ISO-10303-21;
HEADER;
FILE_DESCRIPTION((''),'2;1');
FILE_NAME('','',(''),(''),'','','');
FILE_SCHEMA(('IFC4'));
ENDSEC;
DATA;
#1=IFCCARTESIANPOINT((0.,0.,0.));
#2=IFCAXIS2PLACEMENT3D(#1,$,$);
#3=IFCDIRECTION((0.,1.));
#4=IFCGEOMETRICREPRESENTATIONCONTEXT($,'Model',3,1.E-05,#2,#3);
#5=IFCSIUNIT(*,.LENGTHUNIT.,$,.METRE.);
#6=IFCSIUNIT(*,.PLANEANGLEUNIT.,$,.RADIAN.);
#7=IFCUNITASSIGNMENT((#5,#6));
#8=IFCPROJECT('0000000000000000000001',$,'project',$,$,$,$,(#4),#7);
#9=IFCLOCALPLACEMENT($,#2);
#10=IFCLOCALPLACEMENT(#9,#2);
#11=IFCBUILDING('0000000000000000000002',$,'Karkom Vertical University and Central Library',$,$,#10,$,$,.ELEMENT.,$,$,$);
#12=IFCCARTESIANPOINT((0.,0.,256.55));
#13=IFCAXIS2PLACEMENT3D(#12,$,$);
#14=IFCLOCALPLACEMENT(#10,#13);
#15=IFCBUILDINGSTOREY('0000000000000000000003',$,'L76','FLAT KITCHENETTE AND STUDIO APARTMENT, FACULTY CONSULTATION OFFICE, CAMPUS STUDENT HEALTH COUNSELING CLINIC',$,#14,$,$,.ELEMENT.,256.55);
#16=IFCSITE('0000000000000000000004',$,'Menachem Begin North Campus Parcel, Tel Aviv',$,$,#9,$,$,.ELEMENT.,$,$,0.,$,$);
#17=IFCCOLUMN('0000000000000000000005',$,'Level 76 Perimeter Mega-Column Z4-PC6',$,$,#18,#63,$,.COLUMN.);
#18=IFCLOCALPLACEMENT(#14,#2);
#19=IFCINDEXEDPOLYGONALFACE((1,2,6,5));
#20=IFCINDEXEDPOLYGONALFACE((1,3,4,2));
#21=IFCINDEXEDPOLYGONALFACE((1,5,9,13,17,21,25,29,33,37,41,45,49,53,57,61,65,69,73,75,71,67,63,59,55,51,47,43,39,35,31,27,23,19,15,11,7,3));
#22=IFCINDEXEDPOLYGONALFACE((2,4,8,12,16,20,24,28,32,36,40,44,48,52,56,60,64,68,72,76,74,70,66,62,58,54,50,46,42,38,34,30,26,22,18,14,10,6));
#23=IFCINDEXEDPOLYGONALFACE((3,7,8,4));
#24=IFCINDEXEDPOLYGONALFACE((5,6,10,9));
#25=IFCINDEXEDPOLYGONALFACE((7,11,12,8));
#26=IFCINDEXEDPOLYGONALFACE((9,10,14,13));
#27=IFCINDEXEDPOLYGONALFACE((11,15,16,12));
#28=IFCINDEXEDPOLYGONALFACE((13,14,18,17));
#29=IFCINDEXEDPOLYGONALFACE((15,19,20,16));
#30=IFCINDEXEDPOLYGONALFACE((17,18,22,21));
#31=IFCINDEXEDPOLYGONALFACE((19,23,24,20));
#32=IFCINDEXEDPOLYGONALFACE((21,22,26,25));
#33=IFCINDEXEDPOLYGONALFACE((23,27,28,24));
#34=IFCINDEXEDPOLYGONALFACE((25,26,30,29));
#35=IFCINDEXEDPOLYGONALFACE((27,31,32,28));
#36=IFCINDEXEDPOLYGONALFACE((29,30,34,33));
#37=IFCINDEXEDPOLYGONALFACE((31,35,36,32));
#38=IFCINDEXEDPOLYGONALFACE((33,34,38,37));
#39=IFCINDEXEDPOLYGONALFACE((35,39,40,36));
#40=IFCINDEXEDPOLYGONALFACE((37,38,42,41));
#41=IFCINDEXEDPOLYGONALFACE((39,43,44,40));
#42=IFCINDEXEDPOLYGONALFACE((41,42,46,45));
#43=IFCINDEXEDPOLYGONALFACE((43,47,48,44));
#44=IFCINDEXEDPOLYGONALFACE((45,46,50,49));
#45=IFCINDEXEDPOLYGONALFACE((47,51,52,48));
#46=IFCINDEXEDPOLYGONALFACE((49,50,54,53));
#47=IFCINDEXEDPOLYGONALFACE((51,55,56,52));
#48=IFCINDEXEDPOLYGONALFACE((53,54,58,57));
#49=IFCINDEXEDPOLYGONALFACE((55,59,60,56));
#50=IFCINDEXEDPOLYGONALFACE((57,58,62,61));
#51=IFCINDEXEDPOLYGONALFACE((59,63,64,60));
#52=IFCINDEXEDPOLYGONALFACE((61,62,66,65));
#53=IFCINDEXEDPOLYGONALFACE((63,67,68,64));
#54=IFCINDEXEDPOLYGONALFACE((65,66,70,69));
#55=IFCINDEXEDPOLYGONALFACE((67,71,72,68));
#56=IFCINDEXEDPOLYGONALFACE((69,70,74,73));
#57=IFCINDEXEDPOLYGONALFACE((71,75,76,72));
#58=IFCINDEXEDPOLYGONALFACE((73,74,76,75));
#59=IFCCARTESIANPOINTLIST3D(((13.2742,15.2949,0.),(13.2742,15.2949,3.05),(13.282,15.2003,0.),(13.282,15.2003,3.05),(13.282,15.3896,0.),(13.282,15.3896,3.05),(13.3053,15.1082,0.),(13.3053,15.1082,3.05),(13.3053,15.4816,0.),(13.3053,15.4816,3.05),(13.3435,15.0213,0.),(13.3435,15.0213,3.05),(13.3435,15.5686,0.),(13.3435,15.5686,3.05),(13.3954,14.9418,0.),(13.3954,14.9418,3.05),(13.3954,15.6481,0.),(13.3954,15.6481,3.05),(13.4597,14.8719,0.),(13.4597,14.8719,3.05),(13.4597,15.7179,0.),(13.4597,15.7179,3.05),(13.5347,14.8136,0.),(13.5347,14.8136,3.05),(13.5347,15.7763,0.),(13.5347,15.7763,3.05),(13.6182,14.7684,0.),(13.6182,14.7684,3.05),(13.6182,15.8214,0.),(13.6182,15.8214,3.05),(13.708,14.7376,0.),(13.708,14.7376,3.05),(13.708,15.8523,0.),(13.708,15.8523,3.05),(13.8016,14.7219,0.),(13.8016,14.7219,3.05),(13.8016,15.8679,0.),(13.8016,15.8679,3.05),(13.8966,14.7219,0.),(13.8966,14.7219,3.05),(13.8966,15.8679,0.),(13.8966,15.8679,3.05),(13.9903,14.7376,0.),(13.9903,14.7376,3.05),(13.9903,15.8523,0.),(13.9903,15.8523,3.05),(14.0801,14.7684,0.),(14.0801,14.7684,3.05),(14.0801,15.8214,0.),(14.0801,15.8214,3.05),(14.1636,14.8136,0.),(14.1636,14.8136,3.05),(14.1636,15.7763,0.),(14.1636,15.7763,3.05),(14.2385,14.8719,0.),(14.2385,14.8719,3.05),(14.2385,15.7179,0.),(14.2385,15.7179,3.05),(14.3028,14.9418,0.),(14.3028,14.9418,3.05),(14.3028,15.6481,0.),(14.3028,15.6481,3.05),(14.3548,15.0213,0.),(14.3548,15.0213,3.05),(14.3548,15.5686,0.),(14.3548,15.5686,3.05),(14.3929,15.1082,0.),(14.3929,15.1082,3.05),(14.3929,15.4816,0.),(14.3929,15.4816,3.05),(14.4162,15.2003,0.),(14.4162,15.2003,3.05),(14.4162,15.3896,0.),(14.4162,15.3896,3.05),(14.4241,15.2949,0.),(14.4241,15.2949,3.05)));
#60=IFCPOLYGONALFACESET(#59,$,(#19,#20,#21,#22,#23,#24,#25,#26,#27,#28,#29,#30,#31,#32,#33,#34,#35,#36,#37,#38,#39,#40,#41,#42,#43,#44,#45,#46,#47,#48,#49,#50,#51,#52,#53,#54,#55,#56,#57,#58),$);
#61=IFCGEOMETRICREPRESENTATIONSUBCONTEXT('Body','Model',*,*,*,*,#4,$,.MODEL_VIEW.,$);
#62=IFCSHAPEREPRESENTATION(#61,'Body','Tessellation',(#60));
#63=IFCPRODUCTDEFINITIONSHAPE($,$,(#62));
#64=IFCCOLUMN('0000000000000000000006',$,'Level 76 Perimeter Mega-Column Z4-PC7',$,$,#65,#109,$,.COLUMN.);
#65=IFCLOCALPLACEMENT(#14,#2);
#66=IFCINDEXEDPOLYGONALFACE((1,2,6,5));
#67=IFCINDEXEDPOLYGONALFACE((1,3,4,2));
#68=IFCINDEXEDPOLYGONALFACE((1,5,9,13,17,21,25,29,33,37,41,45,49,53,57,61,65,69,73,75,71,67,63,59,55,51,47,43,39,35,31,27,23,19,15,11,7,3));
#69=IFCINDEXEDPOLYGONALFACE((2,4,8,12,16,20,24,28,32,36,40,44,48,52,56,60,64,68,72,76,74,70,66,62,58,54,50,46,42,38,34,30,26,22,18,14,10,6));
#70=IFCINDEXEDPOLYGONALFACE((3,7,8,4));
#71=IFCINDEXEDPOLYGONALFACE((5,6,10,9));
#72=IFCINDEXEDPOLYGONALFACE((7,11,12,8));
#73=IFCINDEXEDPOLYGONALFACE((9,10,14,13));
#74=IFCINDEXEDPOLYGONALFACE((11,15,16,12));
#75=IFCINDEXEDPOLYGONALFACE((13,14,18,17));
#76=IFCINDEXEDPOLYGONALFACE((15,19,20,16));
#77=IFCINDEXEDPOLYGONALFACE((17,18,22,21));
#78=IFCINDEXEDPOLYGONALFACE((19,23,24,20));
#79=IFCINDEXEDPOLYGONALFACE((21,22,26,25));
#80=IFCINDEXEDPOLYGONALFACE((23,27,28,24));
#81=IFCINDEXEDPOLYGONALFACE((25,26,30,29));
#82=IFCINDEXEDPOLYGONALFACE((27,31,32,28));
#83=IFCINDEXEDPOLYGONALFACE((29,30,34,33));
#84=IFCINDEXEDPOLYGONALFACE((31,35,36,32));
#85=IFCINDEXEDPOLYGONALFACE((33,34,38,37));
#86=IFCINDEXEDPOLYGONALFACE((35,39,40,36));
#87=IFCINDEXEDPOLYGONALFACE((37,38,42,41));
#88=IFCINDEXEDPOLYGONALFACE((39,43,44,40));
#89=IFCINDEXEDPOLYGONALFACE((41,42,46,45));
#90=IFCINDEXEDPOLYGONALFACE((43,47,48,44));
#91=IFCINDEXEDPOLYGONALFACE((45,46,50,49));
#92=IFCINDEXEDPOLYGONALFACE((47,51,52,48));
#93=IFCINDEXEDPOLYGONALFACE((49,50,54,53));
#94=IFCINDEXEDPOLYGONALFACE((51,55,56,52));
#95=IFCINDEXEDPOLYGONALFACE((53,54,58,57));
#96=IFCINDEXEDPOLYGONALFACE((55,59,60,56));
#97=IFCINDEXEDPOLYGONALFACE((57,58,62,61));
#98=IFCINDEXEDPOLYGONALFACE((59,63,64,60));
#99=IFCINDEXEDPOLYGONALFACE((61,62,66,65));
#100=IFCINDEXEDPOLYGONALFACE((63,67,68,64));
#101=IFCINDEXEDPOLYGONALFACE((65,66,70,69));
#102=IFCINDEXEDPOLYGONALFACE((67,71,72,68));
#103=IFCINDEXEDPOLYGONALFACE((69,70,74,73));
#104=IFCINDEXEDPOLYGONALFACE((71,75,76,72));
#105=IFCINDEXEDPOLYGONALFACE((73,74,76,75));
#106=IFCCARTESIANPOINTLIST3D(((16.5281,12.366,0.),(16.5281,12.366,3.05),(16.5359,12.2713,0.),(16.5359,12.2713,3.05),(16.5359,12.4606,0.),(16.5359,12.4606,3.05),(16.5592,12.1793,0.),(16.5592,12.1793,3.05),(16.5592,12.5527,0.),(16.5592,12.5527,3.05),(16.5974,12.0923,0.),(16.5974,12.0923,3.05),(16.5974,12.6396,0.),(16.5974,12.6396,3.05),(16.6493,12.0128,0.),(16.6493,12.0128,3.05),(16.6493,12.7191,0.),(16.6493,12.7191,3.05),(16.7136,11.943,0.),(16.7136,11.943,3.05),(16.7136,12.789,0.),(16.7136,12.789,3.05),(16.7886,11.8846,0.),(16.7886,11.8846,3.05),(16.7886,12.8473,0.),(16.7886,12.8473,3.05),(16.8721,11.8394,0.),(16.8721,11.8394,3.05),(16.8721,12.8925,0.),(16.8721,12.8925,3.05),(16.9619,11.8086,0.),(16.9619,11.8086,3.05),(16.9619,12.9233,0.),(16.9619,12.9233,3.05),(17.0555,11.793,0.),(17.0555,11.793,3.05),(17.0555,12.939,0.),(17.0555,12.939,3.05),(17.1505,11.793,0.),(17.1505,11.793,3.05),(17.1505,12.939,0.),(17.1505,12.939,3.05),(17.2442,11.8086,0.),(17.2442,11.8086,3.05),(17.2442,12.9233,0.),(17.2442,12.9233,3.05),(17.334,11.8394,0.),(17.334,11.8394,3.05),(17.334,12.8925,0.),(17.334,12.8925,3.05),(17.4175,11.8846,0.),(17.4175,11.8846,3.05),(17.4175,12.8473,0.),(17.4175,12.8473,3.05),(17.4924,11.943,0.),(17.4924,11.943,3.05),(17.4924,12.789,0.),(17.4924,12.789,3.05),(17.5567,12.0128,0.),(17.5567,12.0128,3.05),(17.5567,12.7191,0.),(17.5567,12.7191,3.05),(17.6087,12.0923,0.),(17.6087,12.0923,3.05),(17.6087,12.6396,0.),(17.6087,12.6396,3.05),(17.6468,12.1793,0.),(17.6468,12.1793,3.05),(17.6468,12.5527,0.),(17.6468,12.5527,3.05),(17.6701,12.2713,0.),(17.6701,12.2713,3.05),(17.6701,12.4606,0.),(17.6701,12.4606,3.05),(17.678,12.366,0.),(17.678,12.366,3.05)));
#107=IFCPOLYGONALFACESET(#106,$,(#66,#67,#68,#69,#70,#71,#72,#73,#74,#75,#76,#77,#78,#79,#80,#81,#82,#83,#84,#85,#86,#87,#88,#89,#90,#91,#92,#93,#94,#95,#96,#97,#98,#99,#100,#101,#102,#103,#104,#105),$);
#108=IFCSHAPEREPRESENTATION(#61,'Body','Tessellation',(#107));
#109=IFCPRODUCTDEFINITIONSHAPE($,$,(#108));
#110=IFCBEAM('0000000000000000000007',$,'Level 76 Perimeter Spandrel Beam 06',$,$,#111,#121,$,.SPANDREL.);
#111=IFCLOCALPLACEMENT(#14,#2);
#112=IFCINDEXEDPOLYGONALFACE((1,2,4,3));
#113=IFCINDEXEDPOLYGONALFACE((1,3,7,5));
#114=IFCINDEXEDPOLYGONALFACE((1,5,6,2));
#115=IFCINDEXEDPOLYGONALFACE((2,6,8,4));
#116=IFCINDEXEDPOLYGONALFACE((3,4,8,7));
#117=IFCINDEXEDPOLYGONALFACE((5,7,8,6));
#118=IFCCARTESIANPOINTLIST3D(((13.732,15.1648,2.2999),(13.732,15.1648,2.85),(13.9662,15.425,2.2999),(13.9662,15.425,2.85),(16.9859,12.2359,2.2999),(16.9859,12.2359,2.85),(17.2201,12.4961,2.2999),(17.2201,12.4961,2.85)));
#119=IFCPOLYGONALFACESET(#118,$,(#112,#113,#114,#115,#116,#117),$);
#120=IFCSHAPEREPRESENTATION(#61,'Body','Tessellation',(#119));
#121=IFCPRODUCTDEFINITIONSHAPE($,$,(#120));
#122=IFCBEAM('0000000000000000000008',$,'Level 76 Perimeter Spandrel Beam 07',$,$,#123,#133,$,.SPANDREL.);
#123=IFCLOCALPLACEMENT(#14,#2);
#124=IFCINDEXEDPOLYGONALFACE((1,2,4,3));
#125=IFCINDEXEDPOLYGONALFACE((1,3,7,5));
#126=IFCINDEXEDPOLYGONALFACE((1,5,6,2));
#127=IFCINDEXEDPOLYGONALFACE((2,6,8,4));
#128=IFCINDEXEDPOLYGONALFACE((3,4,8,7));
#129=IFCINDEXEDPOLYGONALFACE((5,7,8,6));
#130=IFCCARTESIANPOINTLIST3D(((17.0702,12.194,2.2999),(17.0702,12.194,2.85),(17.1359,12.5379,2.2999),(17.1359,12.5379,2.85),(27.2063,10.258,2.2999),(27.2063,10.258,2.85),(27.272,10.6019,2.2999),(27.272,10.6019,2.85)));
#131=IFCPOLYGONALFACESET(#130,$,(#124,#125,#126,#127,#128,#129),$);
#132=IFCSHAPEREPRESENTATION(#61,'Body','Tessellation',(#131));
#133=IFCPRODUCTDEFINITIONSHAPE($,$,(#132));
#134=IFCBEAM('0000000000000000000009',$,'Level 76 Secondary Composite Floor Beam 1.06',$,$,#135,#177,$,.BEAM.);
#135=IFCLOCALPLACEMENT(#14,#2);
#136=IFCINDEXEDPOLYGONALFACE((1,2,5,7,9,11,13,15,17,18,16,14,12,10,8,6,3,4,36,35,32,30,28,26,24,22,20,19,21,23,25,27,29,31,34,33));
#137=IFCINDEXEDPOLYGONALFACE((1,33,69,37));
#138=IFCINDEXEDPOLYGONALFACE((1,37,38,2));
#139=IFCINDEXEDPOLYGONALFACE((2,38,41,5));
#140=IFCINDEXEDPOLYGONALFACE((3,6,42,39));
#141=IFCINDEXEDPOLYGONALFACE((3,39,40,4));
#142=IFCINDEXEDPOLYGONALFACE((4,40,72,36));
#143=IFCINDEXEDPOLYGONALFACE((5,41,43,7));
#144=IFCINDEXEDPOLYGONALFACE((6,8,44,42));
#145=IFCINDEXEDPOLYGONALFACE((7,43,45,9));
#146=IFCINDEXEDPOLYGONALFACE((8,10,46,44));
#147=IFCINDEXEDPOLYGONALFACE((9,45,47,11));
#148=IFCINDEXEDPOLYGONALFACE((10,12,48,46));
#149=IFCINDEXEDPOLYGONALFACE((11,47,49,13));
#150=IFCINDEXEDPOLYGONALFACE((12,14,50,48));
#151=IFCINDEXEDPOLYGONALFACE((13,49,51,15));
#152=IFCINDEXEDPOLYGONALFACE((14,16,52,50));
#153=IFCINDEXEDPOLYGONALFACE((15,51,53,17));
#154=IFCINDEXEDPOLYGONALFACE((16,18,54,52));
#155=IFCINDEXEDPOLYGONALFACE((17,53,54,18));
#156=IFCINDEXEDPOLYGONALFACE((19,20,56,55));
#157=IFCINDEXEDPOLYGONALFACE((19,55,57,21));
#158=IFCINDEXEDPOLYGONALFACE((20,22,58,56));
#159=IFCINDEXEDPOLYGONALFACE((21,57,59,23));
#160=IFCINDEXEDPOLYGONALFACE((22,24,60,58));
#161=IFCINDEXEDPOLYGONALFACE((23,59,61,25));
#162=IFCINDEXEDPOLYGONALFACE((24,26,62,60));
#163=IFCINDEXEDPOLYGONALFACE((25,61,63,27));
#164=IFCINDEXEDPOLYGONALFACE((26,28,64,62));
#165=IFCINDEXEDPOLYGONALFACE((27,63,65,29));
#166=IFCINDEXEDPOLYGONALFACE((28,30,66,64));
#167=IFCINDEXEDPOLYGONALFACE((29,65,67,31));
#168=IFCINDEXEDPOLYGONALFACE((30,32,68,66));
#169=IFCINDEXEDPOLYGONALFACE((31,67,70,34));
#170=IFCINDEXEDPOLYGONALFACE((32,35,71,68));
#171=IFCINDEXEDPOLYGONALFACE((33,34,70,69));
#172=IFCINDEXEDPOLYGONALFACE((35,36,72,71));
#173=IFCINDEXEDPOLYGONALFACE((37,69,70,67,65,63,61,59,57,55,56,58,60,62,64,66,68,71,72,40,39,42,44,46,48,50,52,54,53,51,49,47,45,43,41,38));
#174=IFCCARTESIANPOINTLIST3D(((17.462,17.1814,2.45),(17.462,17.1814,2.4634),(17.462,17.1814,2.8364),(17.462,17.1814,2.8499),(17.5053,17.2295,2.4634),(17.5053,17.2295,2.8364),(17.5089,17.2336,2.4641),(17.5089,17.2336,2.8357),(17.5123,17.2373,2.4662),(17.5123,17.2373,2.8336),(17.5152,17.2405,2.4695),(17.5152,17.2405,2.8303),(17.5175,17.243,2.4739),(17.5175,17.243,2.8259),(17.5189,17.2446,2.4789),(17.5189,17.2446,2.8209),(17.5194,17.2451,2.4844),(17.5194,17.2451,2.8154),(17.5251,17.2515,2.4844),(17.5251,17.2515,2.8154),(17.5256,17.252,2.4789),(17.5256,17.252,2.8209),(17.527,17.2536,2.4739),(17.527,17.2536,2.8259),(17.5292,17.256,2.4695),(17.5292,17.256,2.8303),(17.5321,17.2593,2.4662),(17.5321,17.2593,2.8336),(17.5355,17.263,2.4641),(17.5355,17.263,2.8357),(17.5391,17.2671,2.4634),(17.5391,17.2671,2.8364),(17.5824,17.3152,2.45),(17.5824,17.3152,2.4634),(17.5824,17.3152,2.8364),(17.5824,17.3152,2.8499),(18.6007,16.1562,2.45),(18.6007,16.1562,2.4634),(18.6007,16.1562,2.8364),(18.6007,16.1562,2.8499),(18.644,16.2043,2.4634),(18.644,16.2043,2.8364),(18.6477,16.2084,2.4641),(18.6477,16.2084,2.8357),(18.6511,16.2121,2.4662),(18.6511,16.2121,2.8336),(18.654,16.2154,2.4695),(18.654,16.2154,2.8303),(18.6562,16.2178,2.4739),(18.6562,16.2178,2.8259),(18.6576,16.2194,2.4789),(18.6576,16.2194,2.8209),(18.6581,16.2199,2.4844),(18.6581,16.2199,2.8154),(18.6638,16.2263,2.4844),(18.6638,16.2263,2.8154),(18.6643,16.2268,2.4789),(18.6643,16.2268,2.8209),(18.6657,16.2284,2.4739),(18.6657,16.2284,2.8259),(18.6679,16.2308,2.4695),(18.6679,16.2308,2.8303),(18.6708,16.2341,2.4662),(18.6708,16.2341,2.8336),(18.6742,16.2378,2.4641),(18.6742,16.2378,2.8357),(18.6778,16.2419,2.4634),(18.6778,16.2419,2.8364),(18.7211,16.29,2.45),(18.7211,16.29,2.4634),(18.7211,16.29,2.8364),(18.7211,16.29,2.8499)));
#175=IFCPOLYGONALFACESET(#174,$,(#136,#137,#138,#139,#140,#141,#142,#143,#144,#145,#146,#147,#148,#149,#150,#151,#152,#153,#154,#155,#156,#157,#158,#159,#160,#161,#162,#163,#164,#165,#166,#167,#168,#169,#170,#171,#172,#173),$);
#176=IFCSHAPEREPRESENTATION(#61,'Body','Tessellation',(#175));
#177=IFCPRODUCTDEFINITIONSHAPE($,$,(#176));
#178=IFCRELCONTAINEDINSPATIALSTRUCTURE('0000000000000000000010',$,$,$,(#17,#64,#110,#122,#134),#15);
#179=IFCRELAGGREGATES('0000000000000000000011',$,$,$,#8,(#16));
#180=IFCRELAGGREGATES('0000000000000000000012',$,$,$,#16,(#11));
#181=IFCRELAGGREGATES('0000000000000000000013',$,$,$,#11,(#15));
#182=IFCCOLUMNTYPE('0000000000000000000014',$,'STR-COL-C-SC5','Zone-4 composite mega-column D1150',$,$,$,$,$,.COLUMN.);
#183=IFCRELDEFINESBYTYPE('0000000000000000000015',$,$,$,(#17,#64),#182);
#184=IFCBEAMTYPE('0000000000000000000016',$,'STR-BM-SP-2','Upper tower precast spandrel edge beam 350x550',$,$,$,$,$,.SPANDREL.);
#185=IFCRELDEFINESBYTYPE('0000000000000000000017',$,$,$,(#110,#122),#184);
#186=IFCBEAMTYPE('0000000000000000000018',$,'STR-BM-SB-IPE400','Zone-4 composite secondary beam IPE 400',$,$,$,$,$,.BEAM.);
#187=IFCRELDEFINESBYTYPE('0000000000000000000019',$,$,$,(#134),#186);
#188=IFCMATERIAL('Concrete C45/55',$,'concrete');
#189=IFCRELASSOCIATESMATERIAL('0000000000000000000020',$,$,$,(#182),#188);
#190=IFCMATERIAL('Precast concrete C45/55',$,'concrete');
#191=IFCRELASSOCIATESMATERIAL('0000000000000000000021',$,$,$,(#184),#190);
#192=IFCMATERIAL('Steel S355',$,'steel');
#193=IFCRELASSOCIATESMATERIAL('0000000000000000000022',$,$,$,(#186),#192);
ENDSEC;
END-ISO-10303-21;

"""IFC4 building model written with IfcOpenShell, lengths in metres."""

from ifc_helpers import new_model, si_unit, direction, frame, origin, origin_with_axes, origin_2d, place, context, subcontext, project, spatial, rectangle, circle, i_section, extrude, source, transform, mapped, material, material_profile, profile_set, type_object, element, save


model = new_model("IFC4")

# Units and contexts
model_context = context("Model", 3, precision=1e-05, world=origin(), true_north=direction((0.0, 1.0)))
body_context = subcontext(model_context, "Body", "Model", "MODEL_VIEW")
ifc_project = project(units=[si_unit("LENGTHUNIT", "METRE"), si_unit("PLANEANGLEUNIT", "RADIAN")], contexts=[model_context])

# Site, building, storey
site_placement = place(None, origin())
site = spatial("IfcSite", under=ifc_project, at=site_placement, Name="Menachem Begin North Campus Parcel, Tel Aviv", CompositionType="ELEMENT", RefElevation=0.0)
building_placement = place(site_placement, origin())
building = spatial("IfcBuilding", under=site, at=building_placement, Name="Karkom Vertical University and Central Library", CompositionType="ELEMENT")
storey_placement = place(building_placement, frame((0.0, 0.0, 256.55)))
storey = spatial("IfcBuildingStorey", under=building, at=storey_placement, Name="L76", Description="FLAT KITCHENETTE AND STUDIO APARTMENT, FACULTY CONSULTATION OFFICE, CAMPUS STUDENT HEALTH COUNSELING CLINIC", CompositionType="ELEMENT", Elevation=256.55)

# Columns
ifc_material_1 = material(Name="Concrete C45/55", Category="concrete")
ifc_material_profile_1 = material_profile(ifc_material_1, circle(Radius=0.575, at=origin_2d()), Name="CFT-D1150")
ifc_profile_set_1 = profile_set([ifc_material_profile_1], Name="Concrete C45/55")
column_type = type_object("IfcColumnType", Name="STR-COL-C-SC5", Description="Zone-4 composite mega-column D1150", PredefinedType="COLUMN", material=ifc_profile_set_1)
shared_shape_1 = source(origin_with_axes(), body_context, "Body", "SweptSolid", [
    extrude(circle(Radius=0.575, at=origin_2d()), origin(), (0.0, 0.0, 1.0), 3.05),
])
for number, where, z_axis, x_axis, name in (
    (1, (13.8491, 15.2949, 0.0), (0.0, 0.0, 1.0), (1.0, 0.0, 0.0), "Level 76 Perimeter Mega-Column Z4-PC6"),
    (2, (17.103, 12.366, 0.0), (0.0, 0.0, 1.0), (1.0, 0.0, 0.0), "Level 76 Perimeter Mega-Column Z4-PC7"),
):
    element("IfcColumn", number, at=place(storey_placement, frame(where, z_axis=z_axis, x_axis=x_axis)), inside=storey, type_object=column_type, Name=name, PredefinedType="COLUMN", context=body_context, shape_type="MappedRepresentation", body=[
        mapped(shared_shape_1, transform((0.0, 0.0, 0.0), scale=1.0)),
    ])

# Beams
ifc_material_2 = material(Name="Precast concrete C45/55", Category="concrete")
ifc_material_profile_2 = material_profile(ifc_material_2, rectangle(XDim=0.3501, YDim=0.55, at=origin_2d()), Name="SPB-350x550")
ifc_profile_set_2 = profile_set([ifc_material_profile_2], Name="Precast concrete C45/55")
beam_type_1 = type_object("IfcBeamType", Name="STR-BM-SP-2", Description="Upper tower precast spandrel edge beam 350x550", PredefinedType="SPANDREL", material=ifc_profile_set_2)
shared_shape_2 = source(origin_with_axes(), body_context, "Body", "SweptSolid", [
    extrude(rectangle(XDim=0.3501, YDim=0.55, at=origin_2d()), origin(), (0.0, 0.0, 1.0), 4.3779),
])
beam_1_placement = place(storey_placement, frame((13.8491, 15.2949, 2.575), z_axis=(0.743244, -0.66902, 0.0), x_axis=(0.66902, 0.743244, 0.0)))
element("IfcBeam", 3, at=beam_1_placement, inside=storey, type_object=beam_type_1, Name="Level 76 Perimeter Spandrel Beam 06", PredefinedType="SPANDREL", context=body_context, shape_type="MappedRepresentation", body=[
    mapped(shared_shape_2, transform((0.0, 0.0, 0.0), scale=1.0)),
])
shared_shape_3 = source(origin_with_axes(), body_context, "Body", "SweptSolid", [
    extrude(rectangle(XDim=0.3501, YDim=0.55, at=origin_2d()), origin(), (0.0, 0.0, 1.0), 10.3193),
])
beam_2_placement = place(storey_placement, frame((17.103, 12.366, 2.575), z_axis=(0.982243, -0.187614, 0.0), x_axis=(0.187614, 0.982243, 0.0)))
element("IfcBeam", 4, at=beam_2_placement, inside=storey, type_object=beam_type_1, Name="Level 76 Perimeter Spandrel Beam 07", PredefinedType="SPANDREL", context=body_context, shape_type="MappedRepresentation", body=[
    mapped(shared_shape_3, transform((0.0, 0.0, 0.0), scale=1.0)),
])
ifc_material_3 = material(Name="Steel S355", Category="steel")
ifc_material_profile_3 = material_profile(ifc_material_3, i_section(OverallWidth=0.1799, OverallDepth=0.3999, WebThickness=0.0085, FlangeThickness=0.0134, FilletRadius=0.021, at=origin_2d()), Name="IPE 400")
ifc_profile_set_3 = profile_set([ifc_material_profile_3], Name="Steel S355")
beam_type_2 = type_object("IfcBeamType", Name="STR-BM-SB-IPE400", Description="Zone-4 composite secondary beam IPE 400", PredefinedType="BEAM", material=ifc_profile_set_3)
shared_shape_4 = source(origin_with_axes(), body_context, "Body", "SweptSolid", [
    extrude(i_section(OverallWidth=0.1799, OverallDepth=0.3999, WebThickness=0.0085, FlangeThickness=0.0134, FilletRadius=0.021, at=origin_2d()), origin(), (0.0, 0.0, 1.0), 1.5322),
])
beam_3_placement = place(storey_placement, frame((17.5222, 17.2483, 2.6499), z_axis=(0.743183, -0.669088, 0.0), x_axis=(0.669088, 0.743183, 0.0)))
element("IfcBeam", 5, at=beam_3_placement, inside=storey, type_object=beam_type_2, Name="Level 76 Secondary Composite Floor Beam 1.06", PredefinedType="BEAM", context=body_context, shape_type="MappedRepresentation", body=[
    mapped(shared_shape_4, transform((0.0, 0.0, 0.0), scale=1.0)),
])

save(model, "model.ifc")
